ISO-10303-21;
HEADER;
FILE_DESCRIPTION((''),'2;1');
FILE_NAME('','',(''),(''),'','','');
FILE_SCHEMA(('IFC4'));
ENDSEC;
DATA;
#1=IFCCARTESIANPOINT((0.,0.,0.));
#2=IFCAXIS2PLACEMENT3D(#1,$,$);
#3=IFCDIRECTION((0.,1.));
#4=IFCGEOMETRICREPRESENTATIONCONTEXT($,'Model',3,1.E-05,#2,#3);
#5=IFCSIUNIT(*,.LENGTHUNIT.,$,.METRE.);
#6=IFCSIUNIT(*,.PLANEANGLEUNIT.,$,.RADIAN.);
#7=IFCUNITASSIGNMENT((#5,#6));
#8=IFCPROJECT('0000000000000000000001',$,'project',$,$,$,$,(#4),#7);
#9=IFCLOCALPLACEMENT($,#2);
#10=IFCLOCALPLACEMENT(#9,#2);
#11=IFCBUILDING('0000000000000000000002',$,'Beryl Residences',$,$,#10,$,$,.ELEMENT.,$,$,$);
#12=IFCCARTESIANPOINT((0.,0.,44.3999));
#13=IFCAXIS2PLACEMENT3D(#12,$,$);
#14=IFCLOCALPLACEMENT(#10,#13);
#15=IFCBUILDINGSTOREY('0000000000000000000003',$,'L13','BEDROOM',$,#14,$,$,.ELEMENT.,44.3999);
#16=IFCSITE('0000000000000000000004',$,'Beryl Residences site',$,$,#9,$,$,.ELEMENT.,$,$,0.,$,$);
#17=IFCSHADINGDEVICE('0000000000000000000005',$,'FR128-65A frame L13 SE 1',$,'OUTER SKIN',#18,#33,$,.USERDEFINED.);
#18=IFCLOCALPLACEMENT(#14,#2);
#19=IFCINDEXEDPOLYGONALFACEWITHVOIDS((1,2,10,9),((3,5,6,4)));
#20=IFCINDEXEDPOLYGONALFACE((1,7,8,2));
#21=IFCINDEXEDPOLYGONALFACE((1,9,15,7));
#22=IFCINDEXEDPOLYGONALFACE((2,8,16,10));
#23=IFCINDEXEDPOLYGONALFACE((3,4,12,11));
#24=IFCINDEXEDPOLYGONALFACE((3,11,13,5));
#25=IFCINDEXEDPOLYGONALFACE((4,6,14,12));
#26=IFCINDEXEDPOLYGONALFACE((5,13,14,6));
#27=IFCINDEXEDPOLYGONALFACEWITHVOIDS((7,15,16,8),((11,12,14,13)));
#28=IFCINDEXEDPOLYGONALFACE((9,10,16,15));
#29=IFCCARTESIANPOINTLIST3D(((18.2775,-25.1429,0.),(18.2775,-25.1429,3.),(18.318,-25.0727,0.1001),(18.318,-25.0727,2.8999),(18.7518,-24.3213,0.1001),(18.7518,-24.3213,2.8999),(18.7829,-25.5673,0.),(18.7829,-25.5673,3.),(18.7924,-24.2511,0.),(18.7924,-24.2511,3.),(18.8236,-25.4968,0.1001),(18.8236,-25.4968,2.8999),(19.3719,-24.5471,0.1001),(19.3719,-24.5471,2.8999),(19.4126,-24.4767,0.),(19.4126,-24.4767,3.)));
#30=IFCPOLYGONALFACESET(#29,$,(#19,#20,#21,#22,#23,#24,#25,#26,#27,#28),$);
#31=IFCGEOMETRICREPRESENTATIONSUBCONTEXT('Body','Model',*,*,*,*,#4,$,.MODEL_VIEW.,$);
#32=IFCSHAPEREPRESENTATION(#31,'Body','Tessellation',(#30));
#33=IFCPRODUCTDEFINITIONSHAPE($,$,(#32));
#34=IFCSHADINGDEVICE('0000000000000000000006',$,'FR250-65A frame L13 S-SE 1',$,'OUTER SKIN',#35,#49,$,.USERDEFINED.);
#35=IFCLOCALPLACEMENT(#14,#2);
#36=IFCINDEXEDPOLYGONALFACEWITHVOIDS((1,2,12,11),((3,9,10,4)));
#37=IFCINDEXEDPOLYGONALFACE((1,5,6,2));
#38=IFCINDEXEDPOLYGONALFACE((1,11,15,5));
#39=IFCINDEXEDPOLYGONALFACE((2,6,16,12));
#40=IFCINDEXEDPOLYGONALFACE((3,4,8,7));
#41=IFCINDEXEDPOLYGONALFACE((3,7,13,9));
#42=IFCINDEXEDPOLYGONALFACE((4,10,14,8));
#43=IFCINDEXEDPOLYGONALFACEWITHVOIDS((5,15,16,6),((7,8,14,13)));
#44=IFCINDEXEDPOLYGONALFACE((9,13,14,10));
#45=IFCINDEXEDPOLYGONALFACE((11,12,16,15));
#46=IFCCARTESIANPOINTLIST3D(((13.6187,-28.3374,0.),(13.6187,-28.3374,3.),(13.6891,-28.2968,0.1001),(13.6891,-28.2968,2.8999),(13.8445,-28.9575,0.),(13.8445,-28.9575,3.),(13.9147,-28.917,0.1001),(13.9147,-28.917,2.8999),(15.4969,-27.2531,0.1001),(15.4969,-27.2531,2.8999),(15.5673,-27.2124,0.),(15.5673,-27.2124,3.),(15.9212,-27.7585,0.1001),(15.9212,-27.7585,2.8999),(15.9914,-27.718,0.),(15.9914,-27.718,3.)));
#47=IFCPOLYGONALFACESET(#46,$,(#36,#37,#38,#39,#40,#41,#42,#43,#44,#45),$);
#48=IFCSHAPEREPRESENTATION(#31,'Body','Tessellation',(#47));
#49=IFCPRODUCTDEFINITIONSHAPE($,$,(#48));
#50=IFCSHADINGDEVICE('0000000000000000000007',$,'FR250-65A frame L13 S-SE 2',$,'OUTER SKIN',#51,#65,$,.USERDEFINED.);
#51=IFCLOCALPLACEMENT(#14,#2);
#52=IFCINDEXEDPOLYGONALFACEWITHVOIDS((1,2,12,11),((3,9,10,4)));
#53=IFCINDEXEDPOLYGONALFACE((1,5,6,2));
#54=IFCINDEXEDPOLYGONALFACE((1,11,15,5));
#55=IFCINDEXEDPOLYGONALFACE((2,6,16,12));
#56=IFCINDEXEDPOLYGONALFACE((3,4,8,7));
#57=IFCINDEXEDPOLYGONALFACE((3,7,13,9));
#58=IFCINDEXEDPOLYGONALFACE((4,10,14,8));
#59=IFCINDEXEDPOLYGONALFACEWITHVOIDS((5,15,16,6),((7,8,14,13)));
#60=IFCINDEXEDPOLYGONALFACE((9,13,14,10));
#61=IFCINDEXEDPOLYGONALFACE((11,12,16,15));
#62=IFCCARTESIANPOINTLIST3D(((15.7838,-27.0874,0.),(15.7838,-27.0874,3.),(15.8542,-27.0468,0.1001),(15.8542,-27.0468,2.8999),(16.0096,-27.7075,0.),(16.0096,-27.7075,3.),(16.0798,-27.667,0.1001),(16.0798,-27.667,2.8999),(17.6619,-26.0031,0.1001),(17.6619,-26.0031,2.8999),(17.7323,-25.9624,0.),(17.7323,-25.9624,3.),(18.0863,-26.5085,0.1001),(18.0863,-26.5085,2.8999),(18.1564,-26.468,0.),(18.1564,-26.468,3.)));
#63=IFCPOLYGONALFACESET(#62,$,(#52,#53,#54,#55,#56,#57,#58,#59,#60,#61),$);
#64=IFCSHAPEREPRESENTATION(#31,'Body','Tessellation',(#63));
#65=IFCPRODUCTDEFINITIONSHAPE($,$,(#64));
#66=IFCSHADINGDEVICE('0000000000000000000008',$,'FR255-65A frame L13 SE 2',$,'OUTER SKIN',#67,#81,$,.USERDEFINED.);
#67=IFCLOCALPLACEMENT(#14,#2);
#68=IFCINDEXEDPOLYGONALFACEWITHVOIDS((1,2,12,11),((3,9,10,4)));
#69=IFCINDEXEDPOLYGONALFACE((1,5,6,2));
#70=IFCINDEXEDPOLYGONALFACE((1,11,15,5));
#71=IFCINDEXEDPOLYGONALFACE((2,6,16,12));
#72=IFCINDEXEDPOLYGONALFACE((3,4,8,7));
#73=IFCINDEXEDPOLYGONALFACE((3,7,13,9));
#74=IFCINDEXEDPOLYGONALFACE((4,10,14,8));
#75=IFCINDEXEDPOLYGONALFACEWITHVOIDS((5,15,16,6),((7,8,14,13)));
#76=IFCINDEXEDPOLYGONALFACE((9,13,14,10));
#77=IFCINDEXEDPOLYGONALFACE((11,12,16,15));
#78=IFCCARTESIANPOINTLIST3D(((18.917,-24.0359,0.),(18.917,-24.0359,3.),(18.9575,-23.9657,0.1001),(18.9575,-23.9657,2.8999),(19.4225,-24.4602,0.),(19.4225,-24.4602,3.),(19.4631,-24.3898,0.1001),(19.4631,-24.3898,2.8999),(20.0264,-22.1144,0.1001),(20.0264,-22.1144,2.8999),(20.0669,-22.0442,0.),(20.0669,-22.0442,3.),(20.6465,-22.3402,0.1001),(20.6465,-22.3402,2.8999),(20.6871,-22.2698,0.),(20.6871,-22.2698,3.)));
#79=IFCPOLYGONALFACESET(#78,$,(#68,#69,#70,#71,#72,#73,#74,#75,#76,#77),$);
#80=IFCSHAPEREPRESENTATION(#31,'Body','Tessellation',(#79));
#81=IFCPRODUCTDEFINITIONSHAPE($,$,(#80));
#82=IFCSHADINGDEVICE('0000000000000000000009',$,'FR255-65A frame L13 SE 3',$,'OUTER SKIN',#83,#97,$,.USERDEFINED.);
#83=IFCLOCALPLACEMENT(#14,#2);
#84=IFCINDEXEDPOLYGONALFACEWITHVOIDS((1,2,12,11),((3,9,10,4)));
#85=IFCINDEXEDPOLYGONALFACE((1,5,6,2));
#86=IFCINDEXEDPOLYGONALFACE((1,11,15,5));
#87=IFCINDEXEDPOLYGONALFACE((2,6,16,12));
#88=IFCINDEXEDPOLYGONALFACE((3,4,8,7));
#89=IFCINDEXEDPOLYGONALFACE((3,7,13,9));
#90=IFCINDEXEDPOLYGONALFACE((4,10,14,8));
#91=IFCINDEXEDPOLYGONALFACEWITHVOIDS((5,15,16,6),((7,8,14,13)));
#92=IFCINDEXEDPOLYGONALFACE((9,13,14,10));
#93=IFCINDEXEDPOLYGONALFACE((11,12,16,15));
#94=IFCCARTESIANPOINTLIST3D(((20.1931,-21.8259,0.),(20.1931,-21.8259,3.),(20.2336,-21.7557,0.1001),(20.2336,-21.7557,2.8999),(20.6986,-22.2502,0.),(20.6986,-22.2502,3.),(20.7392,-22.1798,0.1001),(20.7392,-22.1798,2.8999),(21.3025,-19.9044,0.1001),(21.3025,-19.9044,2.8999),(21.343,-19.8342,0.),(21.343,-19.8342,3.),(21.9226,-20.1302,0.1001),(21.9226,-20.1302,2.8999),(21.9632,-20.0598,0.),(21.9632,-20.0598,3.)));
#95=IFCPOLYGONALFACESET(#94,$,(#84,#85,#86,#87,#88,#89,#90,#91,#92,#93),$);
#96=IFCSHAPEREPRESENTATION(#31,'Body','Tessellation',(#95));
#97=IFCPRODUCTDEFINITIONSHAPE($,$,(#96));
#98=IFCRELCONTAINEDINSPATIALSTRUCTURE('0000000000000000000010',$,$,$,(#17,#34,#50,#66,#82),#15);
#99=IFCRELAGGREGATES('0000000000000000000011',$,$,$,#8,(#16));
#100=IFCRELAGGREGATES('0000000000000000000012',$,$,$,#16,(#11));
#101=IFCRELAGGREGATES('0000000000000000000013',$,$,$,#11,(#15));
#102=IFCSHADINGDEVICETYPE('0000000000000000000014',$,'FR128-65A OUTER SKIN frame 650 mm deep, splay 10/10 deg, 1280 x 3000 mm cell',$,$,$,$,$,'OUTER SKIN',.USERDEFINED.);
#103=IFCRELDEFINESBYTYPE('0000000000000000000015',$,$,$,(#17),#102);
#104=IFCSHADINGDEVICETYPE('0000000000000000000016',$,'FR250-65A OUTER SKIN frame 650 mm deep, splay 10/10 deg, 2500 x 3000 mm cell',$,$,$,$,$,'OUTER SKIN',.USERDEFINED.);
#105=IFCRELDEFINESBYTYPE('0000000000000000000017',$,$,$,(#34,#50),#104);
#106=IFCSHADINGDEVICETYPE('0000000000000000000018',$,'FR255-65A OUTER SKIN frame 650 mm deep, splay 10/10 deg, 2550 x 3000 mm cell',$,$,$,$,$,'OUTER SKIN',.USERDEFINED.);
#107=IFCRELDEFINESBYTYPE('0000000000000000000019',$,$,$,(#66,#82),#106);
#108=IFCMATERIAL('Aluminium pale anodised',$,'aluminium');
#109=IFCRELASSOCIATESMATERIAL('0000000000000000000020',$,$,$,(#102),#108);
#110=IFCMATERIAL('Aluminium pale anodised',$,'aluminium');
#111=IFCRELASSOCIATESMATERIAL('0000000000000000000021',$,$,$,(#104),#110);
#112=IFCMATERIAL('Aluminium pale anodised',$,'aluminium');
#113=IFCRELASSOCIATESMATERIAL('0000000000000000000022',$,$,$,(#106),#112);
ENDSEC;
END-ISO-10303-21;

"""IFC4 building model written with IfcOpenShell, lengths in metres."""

from ifc_helpers import new_model, entity, si_unit, direction, frame, origin, place, context, subcontext, project, spatial, source, transform, mapped, material, type_object, type_shapes, element, save


model = new_model("IFC4")

# Units and contexts
model_context = context("Model", 3, precision=1e-05, world=origin(), true_north=direction((0.0, 1.0)))
body_context = subcontext(model_context, "Body", "Model", "MODEL_VIEW")
ifc_project = project(units=[si_unit("LENGTHUNIT", "METRE"), si_unit("PLANEANGLEUNIT", "RADIAN")], contexts=[model_context])

# Site, building, storey
site_placement = place(None, origin())
site = spatial("IfcSite", under=ifc_project, at=site_placement, Name="Beryl Residences site", CompositionType="ELEMENT", RefElevation=0.0)
building_placement = place(site_placement, origin())
building = spatial("IfcBuilding", under=site, at=building_placement, Name="Beryl Residences", CompositionType="ELEMENT")
storey_placement = place(building_placement, frame((0.0, 0.0, 44.3999)))
storey = spatial("IfcBuildingStorey", under=building, at=storey_placement, Name="L13", Description="BEDROOM", CompositionType="ELEMENT", Elevation=44.3999)

# Shading devices
ifc_material_1 = material(Name="Aluminium pale anodised", Category="aluminium")
shading_device_type_1 = type_object("IfcShadingDeviceType", Name="FR128-65A OUTER SKIN frame 650 mm deep, splay 10/10 deg, 1280 x 3000 mm cell", ElementType="OUTER SKIN", PredefinedType="USERDEFINED", material=ifc_material_1)
cartesian_point_1 = entity("IfcCartesianPoint", [-0.5149, 0.0])
cartesian_point_2 = entity("IfcCartesianPoint", [-0.4338, 0.1001])
cartesian_point_3 = entity("IfcCartesianPoint", [-0.6296, 0.0])
cartesian_point_4 = entity("IfcCartesianPoint", [-0.5483, 0.1001])
shared_shape_1 = source(origin(), body_context, "Body", "SweptSolid", [
    entity("IfcExtrudedAreaSolidTapered", entity("IfcArbitraryProfileDefWithVoids", "AREA", None, entity("IfcPolyline", [cartesian_point_1, entity("IfcCartesianPoint", [0.5149, 0.0]), entity("IfcCartesianPoint", [0.5149, 3.0]), entity("IfcCartesianPoint", [-0.5149, 3.0]), cartesian_point_1]), [entity("IfcPolyline", [cartesian_point_2, entity("IfcCartesianPoint", [0.4338, 0.1001]), entity("IfcCartesianPoint", [0.4338, 2.8999]), entity("IfcCartesianPoint", [-0.4338, 2.8999]), cartesian_point_2])]), entity("IfcAxis2Placement3D", entity("IfcCartesianPoint", [0.0, 0.0, 0.0]), entity("IfcDirection", [0.0, 1.0, 0.0]), entity("IfcDirection", [-1.0, 0.0, 0.0])), entity("IfcDirection", [0.0, 0.0, 1.0]), 0.6499, entity("IfcArbitraryProfileDefWithVoids", "AREA", None, entity("IfcPolyline", [cartesian_point_3, entity("IfcCartesianPoint", [0.6296, 0.0]), entity("IfcCartesianPoint", [0.6296, 3.0]), entity("IfcCartesianPoint", [-0.6296, 3.0]), cartesian_point_3]), [entity("IfcPolyline", [cartesian_point_4, entity("IfcCartesianPoint", [0.5483, 0.1001]), entity("IfcCartesianPoint", [0.5483, 2.8999]), entity("IfcCartesianPoint", [-0.5483, 2.8999]), cartesian_point_4])])),
])
type_shapes(shading_device_type_1, [shared_shape_1])
shading_device_placement = place(storey_placement, frame((18.5349, -24.697, 0.0), z_axis=(0.0, 0.0, 1.0), x_axis=(-0.5, -0.866025, 0.0)))
element("IfcShadingDevice", 1, at=shading_device_placement, inside=storey, type_object=shading_device_type_1, Name="FR128-65A frame L13 SE 1", ObjectType="OUTER SKIN", PredefinedType="USERDEFINED", context=body_context, shape_type="MappedRepresentation", body=[
    mapped(shared_shape_1, transform((0.0, 0.0, 0.0))),
])
ifc_material_2 = material(Name="Aluminium pale anodised", Category="aluminium")
shading_device_type_2 = type_object("IfcShadingDeviceType", Name="FR250-65A OUTER SKIN frame 650 mm deep, splay 10/10 deg, 2500 x 3000 mm cell", ElementType="OUTER SKIN", PredefinedType="USERDEFINED", material=ifc_material_2)
cartesian_point_5 = entity("IfcCartesianPoint", [-1.125, 0.0])
cartesian_point_6 = entity("IfcCartesianPoint", [-1.0437, 0.1001])
cartesian_point_7 = entity("IfcCartesianPoint", [-1.2395, 0.0])
cartesian_point_8 = entity("IfcCartesianPoint", [-1.1584, 0.1001])
shared_shape_2 = source(origin(), body_context, "Body", "SweptSolid", [
    entity("IfcExtrudedAreaSolidTapered", entity("IfcArbitraryProfileDefWithVoids", "AREA", None, entity("IfcPolyline", [cartesian_point_5, entity("IfcCartesianPoint", [1.125, 0.0]), entity("IfcCartesianPoint", [1.125, 3.0]), entity("IfcCartesianPoint", [-1.125, 3.0]), cartesian_point_5]), [entity("IfcPolyline", [cartesian_point_6, entity("IfcCartesianPoint", [1.0437, 0.1001]), entity("IfcCartesianPoint", [1.0437, 2.8999]), entity("IfcCartesianPoint", [-1.0437, 2.8999]), cartesian_point_6])]), entity("IfcAxis2Placement3D", entity("IfcCartesianPoint", [0.0, 0.0, 0.0]), entity("IfcDirection", [0.0, 1.0, 0.0]), entity("IfcDirection", [-1.0, 0.0, 0.0])), entity("IfcDirection", [0.0, 0.0, 1.0]), 0.6499, entity("IfcArbitraryProfileDefWithVoids", "AREA", None, entity("IfcPolyline", [cartesian_point_7, entity("IfcCartesianPoint", [1.2395, 0.0]), entity("IfcCartesianPoint", [1.2395, 3.0]), entity("IfcCartesianPoint", [-1.2395, 3.0]), cartesian_point_7]), [entity("IfcPolyline", [cartesian_point_8, entity("IfcCartesianPoint", [1.1584, 0.1001]), entity("IfcCartesianPoint", [1.1584, 2.8999]), entity("IfcCartesianPoint", [-1.1584, 2.8999]), cartesian_point_8])])),
])
type_shapes(shading_device_type_2, [shared_shape_2])
for number, where, z_axis, x_axis, name in (
    (2, (14.593, -27.7749, 0.0), (0.0, 0.0, 1.0), (-0.866025, -0.5, 0.0), "FR250-65A frame L13 S-SE 1"),
    (3, (16.7581, -26.5249, 0.0), (0.0, 0.0, 1.0), (-0.866025, -0.5, 0.0), "FR250-65A frame L13 S-SE 2"),
):
    element("IfcShadingDevice", number, at=place(storey_placement, frame(where, z_axis=z_axis, x_axis=x_axis)), inside=storey, type_object=shading_device_type_2, Name=name, ObjectType="OUTER SKIN", PredefinedType="USERDEFINED", context=body_context, shape_type="MappedRepresentation", body=[
        mapped(shared_shape_2, transform((0.0, 0.0, 0.0))),
    ])
ifc_material_3 = material(Name="Aluminium pale anodised", Category="aluminium")
shading_device_type_3 = type_object("IfcShadingDeviceType", Name="FR255-65A OUTER SKIN frame 650 mm deep, splay 10/10 deg, 2550 x 3000 mm cell", ElementType="OUTER SKIN", PredefinedType="USERDEFINED", material=ifc_material_3)
cartesian_point_9 = entity("IfcCartesianPoint", [-1.1499, 0.0])
cartesian_point_10 = entity("IfcCartesianPoint", [-1.0688, 0.1001])
cartesian_point_11 = entity("IfcCartesianPoint", [-1.2646, 0.0])
cartesian_point_12 = entity("IfcCartesianPoint", [-1.1833, 0.1001])
shared_shape_3 = source(origin(), body_context, "Body", "SweptSolid", [
    entity("IfcExtrudedAreaSolidTapered", entity("IfcArbitraryProfileDefWithVoids", "AREA", None, entity("IfcPolyline", [cartesian_point_9, entity("IfcCartesianPoint", [1.1499, 0.0]), entity("IfcCartesianPoint", [1.1499, 3.0]), entity("IfcCartesianPoint", [-1.1499, 3.0]), cartesian_point_9]), [entity("IfcPolyline", [cartesian_point_10, entity("IfcCartesianPoint", [1.0688, 0.1001]), entity("IfcCartesianPoint", [1.0688, 2.8999]), entity("IfcCartesianPoint", [-1.0688, 2.8999]), cartesian_point_10])]), entity("IfcAxis2Placement3D", entity("IfcCartesianPoint", [0.0, 0.0, 0.0]), entity("IfcDirection", [0.0, 1.0, 0.0]), entity("IfcDirection", [-1.0, 0.0, 0.0])), entity("IfcDirection", [0.0, 0.0, 1.0]), 0.6499, entity("IfcArbitraryProfileDefWithVoids", "AREA", None, entity("IfcPolyline", [cartesian_point_11, entity("IfcCartesianPoint", [1.2646, 0.0]), entity("IfcCartesianPoint", [1.2646, 3.0]), entity("IfcCartesianPoint", [-1.2646, 3.0]), cartesian_point_11]), [entity("IfcPolyline", [cartesian_point_12, entity("IfcCartesianPoint", [1.1833, 0.1001]), entity("IfcCartesianPoint", [1.1833, 2.8999]), entity("IfcCartesianPoint", [-1.1833, 2.8999]), cartesian_point_12])])),
])
type_shapes(shading_device_type_3, [shared_shape_3])
for number, where, z_axis, x_axis, name in (
    (4, (19.4919, -23.04, 0.0), (0.0, 0.0, 1.0), (-0.5, -0.866025, 0.0), "FR255-65A frame L13 SE 2"),
    (5, (20.7681, -20.8301, 0.0), (0.0, 0.0, 1.0), (-0.5, -0.866025, 0.0), "FR255-65A frame L13 SE 3"),
):
    element("IfcShadingDevice", number, at=place(storey_placement, frame(where, z_axis=z_axis, x_axis=x_axis)), inside=storey, type_object=shading_device_type_3, Name=name, ObjectType="OUTER SKIN", PredefinedType="USERDEFINED", context=body_context, shape_type="MappedRepresentation", body=[
        mapped(shared_shape_3, transform((0.0, 0.0, 0.0))),
    ])

save(model, "model.ifc")
